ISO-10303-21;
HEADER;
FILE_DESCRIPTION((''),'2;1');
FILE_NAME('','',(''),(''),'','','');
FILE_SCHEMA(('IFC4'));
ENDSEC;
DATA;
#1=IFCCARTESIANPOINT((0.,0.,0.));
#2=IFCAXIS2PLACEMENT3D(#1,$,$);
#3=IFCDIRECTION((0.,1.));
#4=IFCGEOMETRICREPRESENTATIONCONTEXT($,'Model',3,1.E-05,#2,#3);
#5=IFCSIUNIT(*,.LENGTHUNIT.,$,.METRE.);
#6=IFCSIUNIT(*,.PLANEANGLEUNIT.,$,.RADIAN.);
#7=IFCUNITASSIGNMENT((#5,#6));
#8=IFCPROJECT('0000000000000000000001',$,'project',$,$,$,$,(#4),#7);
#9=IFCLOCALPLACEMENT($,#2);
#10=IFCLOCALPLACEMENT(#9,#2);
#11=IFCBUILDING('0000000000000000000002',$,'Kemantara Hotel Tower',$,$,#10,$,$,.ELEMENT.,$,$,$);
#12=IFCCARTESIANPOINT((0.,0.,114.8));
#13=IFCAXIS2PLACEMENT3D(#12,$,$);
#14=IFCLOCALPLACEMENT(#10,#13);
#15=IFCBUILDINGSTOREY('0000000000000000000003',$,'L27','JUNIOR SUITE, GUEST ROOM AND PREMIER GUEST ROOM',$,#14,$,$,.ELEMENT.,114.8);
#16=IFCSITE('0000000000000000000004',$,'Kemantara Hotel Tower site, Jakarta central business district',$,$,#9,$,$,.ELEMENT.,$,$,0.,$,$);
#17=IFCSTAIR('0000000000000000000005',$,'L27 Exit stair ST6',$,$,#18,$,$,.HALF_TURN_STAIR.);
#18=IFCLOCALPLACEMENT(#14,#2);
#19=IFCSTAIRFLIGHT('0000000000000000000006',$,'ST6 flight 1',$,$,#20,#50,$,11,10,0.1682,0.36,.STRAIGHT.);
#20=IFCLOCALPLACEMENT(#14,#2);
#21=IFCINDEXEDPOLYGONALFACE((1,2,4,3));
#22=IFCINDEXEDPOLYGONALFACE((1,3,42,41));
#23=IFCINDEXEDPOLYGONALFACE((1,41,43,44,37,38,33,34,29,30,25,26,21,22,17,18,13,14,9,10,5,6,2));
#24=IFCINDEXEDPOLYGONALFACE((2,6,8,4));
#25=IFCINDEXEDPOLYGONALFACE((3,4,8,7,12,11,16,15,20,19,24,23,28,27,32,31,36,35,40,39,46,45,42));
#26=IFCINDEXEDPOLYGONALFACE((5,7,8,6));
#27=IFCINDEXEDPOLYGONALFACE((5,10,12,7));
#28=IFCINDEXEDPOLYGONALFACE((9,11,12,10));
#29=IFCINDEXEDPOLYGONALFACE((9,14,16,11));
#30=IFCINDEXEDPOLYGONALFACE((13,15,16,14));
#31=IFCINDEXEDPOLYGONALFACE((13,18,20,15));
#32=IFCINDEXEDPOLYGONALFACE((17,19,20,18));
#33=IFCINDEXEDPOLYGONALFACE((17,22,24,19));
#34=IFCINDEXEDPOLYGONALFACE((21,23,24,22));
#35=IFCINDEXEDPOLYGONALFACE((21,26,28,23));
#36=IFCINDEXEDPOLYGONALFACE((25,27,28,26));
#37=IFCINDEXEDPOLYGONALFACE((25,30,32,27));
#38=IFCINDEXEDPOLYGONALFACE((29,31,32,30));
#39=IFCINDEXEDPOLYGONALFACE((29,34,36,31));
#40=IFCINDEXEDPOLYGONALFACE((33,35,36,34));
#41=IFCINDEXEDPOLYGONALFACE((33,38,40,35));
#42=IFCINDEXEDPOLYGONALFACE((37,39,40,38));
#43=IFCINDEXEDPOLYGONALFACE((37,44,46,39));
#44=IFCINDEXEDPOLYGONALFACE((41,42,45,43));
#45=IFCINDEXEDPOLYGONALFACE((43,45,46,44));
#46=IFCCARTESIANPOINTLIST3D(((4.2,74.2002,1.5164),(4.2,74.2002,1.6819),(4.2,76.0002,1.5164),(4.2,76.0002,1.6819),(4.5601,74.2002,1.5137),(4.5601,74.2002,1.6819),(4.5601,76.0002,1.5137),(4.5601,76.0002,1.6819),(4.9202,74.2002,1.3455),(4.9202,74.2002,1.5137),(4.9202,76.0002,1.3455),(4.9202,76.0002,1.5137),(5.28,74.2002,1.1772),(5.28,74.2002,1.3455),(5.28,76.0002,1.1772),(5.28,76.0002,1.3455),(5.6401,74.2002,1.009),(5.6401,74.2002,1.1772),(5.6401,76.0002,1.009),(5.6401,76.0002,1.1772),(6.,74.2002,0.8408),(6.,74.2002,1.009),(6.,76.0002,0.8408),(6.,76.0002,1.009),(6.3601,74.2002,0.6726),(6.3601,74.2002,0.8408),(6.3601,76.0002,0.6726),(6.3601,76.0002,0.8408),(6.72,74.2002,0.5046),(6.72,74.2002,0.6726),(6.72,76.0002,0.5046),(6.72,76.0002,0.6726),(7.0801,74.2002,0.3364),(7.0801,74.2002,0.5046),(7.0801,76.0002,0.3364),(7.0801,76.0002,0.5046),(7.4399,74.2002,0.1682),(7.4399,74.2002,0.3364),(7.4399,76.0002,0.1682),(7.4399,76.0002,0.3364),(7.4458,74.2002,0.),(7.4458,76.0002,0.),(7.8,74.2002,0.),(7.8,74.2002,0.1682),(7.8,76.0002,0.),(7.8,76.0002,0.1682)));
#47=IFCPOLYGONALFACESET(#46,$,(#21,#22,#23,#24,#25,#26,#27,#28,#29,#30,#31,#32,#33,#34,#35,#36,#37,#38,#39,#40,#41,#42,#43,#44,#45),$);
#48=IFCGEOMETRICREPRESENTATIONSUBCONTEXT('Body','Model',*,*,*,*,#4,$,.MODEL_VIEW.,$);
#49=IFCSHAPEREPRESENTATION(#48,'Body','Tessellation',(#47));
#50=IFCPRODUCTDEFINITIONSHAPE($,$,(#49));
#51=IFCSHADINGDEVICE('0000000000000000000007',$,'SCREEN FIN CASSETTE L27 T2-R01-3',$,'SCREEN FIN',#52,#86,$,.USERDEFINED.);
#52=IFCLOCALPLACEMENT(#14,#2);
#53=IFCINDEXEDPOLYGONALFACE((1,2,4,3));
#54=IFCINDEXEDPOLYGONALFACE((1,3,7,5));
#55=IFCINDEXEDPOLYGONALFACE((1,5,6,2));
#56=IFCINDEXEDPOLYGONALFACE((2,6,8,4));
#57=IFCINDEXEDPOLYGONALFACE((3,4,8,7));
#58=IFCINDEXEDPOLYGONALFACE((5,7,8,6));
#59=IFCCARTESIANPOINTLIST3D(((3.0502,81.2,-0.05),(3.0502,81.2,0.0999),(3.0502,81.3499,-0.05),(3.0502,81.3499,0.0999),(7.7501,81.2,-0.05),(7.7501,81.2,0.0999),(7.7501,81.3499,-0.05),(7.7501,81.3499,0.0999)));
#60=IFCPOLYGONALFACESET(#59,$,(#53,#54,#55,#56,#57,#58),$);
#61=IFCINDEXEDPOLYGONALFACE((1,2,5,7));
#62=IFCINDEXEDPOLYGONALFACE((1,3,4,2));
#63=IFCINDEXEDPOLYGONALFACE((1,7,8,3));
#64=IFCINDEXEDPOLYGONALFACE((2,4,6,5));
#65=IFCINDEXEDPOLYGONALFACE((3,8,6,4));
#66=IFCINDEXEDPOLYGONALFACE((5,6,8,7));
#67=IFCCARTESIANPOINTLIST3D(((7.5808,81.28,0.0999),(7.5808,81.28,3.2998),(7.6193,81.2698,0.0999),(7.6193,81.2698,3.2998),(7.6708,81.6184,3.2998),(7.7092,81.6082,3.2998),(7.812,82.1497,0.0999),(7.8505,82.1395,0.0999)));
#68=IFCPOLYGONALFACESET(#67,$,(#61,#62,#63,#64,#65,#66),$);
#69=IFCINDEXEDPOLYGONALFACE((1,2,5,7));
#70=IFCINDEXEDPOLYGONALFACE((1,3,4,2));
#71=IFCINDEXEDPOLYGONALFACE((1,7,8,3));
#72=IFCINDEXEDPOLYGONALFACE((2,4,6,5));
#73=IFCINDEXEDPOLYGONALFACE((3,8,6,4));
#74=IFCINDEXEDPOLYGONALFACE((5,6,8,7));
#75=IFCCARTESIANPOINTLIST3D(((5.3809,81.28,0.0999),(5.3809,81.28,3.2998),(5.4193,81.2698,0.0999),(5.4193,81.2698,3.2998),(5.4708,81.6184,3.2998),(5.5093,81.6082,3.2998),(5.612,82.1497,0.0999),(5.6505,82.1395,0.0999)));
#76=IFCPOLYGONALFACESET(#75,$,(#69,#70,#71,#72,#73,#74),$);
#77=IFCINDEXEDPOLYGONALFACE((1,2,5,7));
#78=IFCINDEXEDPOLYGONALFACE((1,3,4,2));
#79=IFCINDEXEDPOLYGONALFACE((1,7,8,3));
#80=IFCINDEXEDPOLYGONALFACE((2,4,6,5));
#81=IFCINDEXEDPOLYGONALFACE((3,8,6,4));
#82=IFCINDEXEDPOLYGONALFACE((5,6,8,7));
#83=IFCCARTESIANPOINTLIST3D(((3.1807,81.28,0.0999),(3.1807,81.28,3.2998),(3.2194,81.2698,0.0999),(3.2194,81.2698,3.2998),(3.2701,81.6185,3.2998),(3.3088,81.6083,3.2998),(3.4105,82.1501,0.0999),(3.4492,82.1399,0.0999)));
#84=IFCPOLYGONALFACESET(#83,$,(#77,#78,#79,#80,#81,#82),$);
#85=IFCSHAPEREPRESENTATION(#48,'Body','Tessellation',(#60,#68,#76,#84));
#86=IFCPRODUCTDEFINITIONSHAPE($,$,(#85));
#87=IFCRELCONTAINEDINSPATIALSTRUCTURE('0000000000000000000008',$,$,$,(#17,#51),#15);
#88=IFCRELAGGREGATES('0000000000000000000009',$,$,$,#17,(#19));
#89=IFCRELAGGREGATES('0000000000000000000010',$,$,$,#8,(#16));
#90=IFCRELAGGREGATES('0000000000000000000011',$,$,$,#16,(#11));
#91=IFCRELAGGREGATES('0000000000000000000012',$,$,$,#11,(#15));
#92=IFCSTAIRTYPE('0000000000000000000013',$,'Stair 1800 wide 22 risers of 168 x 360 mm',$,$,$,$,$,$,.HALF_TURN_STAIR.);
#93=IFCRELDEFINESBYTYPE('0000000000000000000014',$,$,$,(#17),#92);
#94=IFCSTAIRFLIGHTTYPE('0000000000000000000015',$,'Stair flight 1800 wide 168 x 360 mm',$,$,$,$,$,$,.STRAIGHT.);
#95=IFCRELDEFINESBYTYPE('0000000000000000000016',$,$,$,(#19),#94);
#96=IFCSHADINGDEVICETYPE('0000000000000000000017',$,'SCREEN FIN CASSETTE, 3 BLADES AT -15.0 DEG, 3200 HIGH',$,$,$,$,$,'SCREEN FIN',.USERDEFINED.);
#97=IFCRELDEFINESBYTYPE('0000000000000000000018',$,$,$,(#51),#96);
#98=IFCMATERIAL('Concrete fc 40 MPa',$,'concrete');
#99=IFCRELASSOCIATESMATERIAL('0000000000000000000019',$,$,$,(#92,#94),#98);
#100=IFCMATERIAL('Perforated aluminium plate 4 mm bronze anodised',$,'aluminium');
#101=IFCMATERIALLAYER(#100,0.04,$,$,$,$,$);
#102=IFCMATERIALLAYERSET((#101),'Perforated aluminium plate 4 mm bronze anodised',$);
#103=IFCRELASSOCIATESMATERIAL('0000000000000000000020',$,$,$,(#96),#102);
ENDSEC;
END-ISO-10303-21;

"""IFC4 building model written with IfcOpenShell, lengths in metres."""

from ifc_helpers import new_model, si_unit, direction, frame, origin, origin_2d, place, context, subcontext, project, spatial, polyline, rectangle, outline, extrude, source, transform, mapped, material, layer, layer_set, type_object, element, aggregate, save


model = new_model("IFC4")

# Units and contexts
model_context = context("Model", 3, precision=1e-05, world=origin(), true_north=direction((0.0, 1.0)))
body_context = subcontext(model_context, "Body", "Model", "MODEL_VIEW")
ifc_project = project(units=[si_unit("LENGTHUNIT", "METRE"), si_unit("PLANEANGLEUNIT", "RADIAN")], contexts=[model_context])

# Site, building, storey
site_placement = place(None, origin())
site = spatial("IfcSite", under=ifc_project, at=site_placement, Name="Kemantara Hotel Tower site, Jakarta central business district", CompositionType="ELEMENT", RefElevation=0.0)
building_placement = place(site_placement, origin())
building = spatial("IfcBuilding", under=site, at=building_placement, Name="Kemantara Hotel Tower", CompositionType="ELEMENT")
storey_placement = place(building_placement, frame((0.0, 0.0, 114.8)))
storey = spatial("IfcBuildingStorey", under=building, at=storey_placement, Name="L27", Description="JUNIOR SUITE, GUEST ROOM AND PREMIER GUEST ROOM", CompositionType="ELEMENT", Elevation=114.8)

# Stair, stair flight
ifc_material_1 = material(Name="Concrete fc 40 MPa", Category="concrete")
stair_type = type_object("IfcStairType", Name="Stair 1800 wide 22 risers of 168 x 360 mm", PredefinedType="HALF_TURN_STAIR", material=ifc_material_1)
stair_placement = place(storey_placement, origin())
stair = element("IfcStair", 1, at=stair_placement, inside=storey, type_object=stair_type, Name="L27 Exit stair ST6", PredefinedType="HALF_TURN_STAIR")
stair_flight_type = type_object("IfcStairFlightType", Name="Stair flight 1800 wide 168 x 360 mm", PredefinedType="STRAIGHT", material=ifc_material_1)
stair_flight_placement = place(storey_placement, frame((7.8, 75.1001, 0.0), z_axis=(0.0, 0.0, 1.0), x_axis=(-1.0, 0.0, 0.0)))
stair_flight = element("IfcStairFlight", 2, at=stair_flight_placement, type_object=stair_flight_type, Name="ST6 flight 1", NumberOfRisers=11, NumberOfTreads=10, PredefinedType="STRAIGHT", RiserHeight=0.1682, TreadLength=0.36, context=body_context, shape_type="SweptSolid", body=[
    extrude(outline(polyline([(0.0, 0.0), (0.0, 0.1682), (0.3601, 0.1682), (0.3601, 0.3364), (0.72, 0.3364), (0.72, 0.5046), (1.0801, 0.5046), (1.0801, 0.6726), (1.4399, 0.6726), (1.4399, 0.8408), (1.8, 0.8408), (1.8, 1.009), (2.1599, 1.009), (2.1599, 1.1772), (2.52, 1.1772), (2.52, 1.3455), (2.8799, 1.3455), (2.8799, 1.5137), (3.24, 1.5137), (3.24, 1.6819), (3.6001, 1.6819), (3.6001, 1.8501), (3.6001, 1.5164), (0.3542, 0.0), (0.0, 0.0)])), frame((0.0, 0.8999, 0.0), z_axis=(0.0, -1.0, 0.0), x_axis=(1.0, 0.0, 0.0)), (0.0, 0.0, 1.0), 1.8),
])
aggregate(stair, [stair_flight])

# Shading device
ifc_material_2 = material(Name="Perforated aluminium plate 4 mm bronze anodised", Category="aluminium")
ifc_layer_1 = layer(ifc_material_2, 0.04)
ifc_layer_set_1 = layer_set([ifc_layer_1], Name="Perforated aluminium plate 4 mm bronze anodised")
shading_device_type = type_object("IfcShadingDeviceType", Name="SCREEN FIN CASSETTE, 3 BLADES AT -15.0 DEG, 3200 HIGH", ElementType="SCREEN FIN", PredefinedType="USERDEFINED", material=ifc_layer_set_1)
shared_shape_1 = source(origin(), body_context, "Body", "SweptSolid", [
    extrude(rectangle(XDim=4.7, YDim=0.1499, at=origin_2d()), frame((2.2, -0.075, -0.1499), z_axis=(0.0, 0.0, 1.0), x_axis=(1.0, 0.0, 0.0)), (0.0, 0.0, 1.0), 0.1499),
    extrude(outline(polyline([(0.0, 0.0), (0.8999, 0.0), (0.3501, 3.2), (0.0, 3.2), (0.0, 0.0)])), frame((0.0193, -0.0801, 0.0), z_axis=(-0.966438, 0.256901, 0.0), x_axis=(-0.256901, -0.966438, 0.0)), (0.0, 0.0, 1.0), 0.0398),
    extrude(outline(polyline([(0.0, 0.0), (0.8999, 0.0), (0.3501, 3.2), (0.0, 3.2), (0.0, 0.0)])), frame((2.2192, -0.0801, 0.0), z_axis=(-0.966438, 0.256901, 0.0), x_axis=(-0.256901, -0.966438, 0.0)), (0.0, 0.0, 1.0), 0.0398),
    extrude(outline(polyline([(0.0, 0.0), (0.8999, 0.0), (0.3501, 3.2), (0.0, 3.2), (0.0, 0.0)])), frame((4.4194, -0.0801, 0.0), z_axis=(-0.966838, 0.255391, 0.0), x_axis=(-0.255391, -0.966838, 0.0)), (0.0, 0.0, 1.0), 0.04),
])
shading_device_placement = place(storey_placement, frame((7.6001, 81.2, 0.0999), z_axis=(0.0, 0.0, 1.0), x_axis=(-1.0, 0.0, 0.0)))
element("IfcShadingDevice", 3, at=shading_device_placement, inside=storey, type_object=shading_device_type, Name="SCREEN FIN CASSETTE L27 T2-R01-3", ObjectType="SCREEN FIN", PredefinedType="USERDEFINED", context=body_context, shape_type="MappedRepresentation", body=[
    mapped(shared_shape_1, transform((0.0, 0.0, 0.0))),
])

save(model, "model.ifc")
